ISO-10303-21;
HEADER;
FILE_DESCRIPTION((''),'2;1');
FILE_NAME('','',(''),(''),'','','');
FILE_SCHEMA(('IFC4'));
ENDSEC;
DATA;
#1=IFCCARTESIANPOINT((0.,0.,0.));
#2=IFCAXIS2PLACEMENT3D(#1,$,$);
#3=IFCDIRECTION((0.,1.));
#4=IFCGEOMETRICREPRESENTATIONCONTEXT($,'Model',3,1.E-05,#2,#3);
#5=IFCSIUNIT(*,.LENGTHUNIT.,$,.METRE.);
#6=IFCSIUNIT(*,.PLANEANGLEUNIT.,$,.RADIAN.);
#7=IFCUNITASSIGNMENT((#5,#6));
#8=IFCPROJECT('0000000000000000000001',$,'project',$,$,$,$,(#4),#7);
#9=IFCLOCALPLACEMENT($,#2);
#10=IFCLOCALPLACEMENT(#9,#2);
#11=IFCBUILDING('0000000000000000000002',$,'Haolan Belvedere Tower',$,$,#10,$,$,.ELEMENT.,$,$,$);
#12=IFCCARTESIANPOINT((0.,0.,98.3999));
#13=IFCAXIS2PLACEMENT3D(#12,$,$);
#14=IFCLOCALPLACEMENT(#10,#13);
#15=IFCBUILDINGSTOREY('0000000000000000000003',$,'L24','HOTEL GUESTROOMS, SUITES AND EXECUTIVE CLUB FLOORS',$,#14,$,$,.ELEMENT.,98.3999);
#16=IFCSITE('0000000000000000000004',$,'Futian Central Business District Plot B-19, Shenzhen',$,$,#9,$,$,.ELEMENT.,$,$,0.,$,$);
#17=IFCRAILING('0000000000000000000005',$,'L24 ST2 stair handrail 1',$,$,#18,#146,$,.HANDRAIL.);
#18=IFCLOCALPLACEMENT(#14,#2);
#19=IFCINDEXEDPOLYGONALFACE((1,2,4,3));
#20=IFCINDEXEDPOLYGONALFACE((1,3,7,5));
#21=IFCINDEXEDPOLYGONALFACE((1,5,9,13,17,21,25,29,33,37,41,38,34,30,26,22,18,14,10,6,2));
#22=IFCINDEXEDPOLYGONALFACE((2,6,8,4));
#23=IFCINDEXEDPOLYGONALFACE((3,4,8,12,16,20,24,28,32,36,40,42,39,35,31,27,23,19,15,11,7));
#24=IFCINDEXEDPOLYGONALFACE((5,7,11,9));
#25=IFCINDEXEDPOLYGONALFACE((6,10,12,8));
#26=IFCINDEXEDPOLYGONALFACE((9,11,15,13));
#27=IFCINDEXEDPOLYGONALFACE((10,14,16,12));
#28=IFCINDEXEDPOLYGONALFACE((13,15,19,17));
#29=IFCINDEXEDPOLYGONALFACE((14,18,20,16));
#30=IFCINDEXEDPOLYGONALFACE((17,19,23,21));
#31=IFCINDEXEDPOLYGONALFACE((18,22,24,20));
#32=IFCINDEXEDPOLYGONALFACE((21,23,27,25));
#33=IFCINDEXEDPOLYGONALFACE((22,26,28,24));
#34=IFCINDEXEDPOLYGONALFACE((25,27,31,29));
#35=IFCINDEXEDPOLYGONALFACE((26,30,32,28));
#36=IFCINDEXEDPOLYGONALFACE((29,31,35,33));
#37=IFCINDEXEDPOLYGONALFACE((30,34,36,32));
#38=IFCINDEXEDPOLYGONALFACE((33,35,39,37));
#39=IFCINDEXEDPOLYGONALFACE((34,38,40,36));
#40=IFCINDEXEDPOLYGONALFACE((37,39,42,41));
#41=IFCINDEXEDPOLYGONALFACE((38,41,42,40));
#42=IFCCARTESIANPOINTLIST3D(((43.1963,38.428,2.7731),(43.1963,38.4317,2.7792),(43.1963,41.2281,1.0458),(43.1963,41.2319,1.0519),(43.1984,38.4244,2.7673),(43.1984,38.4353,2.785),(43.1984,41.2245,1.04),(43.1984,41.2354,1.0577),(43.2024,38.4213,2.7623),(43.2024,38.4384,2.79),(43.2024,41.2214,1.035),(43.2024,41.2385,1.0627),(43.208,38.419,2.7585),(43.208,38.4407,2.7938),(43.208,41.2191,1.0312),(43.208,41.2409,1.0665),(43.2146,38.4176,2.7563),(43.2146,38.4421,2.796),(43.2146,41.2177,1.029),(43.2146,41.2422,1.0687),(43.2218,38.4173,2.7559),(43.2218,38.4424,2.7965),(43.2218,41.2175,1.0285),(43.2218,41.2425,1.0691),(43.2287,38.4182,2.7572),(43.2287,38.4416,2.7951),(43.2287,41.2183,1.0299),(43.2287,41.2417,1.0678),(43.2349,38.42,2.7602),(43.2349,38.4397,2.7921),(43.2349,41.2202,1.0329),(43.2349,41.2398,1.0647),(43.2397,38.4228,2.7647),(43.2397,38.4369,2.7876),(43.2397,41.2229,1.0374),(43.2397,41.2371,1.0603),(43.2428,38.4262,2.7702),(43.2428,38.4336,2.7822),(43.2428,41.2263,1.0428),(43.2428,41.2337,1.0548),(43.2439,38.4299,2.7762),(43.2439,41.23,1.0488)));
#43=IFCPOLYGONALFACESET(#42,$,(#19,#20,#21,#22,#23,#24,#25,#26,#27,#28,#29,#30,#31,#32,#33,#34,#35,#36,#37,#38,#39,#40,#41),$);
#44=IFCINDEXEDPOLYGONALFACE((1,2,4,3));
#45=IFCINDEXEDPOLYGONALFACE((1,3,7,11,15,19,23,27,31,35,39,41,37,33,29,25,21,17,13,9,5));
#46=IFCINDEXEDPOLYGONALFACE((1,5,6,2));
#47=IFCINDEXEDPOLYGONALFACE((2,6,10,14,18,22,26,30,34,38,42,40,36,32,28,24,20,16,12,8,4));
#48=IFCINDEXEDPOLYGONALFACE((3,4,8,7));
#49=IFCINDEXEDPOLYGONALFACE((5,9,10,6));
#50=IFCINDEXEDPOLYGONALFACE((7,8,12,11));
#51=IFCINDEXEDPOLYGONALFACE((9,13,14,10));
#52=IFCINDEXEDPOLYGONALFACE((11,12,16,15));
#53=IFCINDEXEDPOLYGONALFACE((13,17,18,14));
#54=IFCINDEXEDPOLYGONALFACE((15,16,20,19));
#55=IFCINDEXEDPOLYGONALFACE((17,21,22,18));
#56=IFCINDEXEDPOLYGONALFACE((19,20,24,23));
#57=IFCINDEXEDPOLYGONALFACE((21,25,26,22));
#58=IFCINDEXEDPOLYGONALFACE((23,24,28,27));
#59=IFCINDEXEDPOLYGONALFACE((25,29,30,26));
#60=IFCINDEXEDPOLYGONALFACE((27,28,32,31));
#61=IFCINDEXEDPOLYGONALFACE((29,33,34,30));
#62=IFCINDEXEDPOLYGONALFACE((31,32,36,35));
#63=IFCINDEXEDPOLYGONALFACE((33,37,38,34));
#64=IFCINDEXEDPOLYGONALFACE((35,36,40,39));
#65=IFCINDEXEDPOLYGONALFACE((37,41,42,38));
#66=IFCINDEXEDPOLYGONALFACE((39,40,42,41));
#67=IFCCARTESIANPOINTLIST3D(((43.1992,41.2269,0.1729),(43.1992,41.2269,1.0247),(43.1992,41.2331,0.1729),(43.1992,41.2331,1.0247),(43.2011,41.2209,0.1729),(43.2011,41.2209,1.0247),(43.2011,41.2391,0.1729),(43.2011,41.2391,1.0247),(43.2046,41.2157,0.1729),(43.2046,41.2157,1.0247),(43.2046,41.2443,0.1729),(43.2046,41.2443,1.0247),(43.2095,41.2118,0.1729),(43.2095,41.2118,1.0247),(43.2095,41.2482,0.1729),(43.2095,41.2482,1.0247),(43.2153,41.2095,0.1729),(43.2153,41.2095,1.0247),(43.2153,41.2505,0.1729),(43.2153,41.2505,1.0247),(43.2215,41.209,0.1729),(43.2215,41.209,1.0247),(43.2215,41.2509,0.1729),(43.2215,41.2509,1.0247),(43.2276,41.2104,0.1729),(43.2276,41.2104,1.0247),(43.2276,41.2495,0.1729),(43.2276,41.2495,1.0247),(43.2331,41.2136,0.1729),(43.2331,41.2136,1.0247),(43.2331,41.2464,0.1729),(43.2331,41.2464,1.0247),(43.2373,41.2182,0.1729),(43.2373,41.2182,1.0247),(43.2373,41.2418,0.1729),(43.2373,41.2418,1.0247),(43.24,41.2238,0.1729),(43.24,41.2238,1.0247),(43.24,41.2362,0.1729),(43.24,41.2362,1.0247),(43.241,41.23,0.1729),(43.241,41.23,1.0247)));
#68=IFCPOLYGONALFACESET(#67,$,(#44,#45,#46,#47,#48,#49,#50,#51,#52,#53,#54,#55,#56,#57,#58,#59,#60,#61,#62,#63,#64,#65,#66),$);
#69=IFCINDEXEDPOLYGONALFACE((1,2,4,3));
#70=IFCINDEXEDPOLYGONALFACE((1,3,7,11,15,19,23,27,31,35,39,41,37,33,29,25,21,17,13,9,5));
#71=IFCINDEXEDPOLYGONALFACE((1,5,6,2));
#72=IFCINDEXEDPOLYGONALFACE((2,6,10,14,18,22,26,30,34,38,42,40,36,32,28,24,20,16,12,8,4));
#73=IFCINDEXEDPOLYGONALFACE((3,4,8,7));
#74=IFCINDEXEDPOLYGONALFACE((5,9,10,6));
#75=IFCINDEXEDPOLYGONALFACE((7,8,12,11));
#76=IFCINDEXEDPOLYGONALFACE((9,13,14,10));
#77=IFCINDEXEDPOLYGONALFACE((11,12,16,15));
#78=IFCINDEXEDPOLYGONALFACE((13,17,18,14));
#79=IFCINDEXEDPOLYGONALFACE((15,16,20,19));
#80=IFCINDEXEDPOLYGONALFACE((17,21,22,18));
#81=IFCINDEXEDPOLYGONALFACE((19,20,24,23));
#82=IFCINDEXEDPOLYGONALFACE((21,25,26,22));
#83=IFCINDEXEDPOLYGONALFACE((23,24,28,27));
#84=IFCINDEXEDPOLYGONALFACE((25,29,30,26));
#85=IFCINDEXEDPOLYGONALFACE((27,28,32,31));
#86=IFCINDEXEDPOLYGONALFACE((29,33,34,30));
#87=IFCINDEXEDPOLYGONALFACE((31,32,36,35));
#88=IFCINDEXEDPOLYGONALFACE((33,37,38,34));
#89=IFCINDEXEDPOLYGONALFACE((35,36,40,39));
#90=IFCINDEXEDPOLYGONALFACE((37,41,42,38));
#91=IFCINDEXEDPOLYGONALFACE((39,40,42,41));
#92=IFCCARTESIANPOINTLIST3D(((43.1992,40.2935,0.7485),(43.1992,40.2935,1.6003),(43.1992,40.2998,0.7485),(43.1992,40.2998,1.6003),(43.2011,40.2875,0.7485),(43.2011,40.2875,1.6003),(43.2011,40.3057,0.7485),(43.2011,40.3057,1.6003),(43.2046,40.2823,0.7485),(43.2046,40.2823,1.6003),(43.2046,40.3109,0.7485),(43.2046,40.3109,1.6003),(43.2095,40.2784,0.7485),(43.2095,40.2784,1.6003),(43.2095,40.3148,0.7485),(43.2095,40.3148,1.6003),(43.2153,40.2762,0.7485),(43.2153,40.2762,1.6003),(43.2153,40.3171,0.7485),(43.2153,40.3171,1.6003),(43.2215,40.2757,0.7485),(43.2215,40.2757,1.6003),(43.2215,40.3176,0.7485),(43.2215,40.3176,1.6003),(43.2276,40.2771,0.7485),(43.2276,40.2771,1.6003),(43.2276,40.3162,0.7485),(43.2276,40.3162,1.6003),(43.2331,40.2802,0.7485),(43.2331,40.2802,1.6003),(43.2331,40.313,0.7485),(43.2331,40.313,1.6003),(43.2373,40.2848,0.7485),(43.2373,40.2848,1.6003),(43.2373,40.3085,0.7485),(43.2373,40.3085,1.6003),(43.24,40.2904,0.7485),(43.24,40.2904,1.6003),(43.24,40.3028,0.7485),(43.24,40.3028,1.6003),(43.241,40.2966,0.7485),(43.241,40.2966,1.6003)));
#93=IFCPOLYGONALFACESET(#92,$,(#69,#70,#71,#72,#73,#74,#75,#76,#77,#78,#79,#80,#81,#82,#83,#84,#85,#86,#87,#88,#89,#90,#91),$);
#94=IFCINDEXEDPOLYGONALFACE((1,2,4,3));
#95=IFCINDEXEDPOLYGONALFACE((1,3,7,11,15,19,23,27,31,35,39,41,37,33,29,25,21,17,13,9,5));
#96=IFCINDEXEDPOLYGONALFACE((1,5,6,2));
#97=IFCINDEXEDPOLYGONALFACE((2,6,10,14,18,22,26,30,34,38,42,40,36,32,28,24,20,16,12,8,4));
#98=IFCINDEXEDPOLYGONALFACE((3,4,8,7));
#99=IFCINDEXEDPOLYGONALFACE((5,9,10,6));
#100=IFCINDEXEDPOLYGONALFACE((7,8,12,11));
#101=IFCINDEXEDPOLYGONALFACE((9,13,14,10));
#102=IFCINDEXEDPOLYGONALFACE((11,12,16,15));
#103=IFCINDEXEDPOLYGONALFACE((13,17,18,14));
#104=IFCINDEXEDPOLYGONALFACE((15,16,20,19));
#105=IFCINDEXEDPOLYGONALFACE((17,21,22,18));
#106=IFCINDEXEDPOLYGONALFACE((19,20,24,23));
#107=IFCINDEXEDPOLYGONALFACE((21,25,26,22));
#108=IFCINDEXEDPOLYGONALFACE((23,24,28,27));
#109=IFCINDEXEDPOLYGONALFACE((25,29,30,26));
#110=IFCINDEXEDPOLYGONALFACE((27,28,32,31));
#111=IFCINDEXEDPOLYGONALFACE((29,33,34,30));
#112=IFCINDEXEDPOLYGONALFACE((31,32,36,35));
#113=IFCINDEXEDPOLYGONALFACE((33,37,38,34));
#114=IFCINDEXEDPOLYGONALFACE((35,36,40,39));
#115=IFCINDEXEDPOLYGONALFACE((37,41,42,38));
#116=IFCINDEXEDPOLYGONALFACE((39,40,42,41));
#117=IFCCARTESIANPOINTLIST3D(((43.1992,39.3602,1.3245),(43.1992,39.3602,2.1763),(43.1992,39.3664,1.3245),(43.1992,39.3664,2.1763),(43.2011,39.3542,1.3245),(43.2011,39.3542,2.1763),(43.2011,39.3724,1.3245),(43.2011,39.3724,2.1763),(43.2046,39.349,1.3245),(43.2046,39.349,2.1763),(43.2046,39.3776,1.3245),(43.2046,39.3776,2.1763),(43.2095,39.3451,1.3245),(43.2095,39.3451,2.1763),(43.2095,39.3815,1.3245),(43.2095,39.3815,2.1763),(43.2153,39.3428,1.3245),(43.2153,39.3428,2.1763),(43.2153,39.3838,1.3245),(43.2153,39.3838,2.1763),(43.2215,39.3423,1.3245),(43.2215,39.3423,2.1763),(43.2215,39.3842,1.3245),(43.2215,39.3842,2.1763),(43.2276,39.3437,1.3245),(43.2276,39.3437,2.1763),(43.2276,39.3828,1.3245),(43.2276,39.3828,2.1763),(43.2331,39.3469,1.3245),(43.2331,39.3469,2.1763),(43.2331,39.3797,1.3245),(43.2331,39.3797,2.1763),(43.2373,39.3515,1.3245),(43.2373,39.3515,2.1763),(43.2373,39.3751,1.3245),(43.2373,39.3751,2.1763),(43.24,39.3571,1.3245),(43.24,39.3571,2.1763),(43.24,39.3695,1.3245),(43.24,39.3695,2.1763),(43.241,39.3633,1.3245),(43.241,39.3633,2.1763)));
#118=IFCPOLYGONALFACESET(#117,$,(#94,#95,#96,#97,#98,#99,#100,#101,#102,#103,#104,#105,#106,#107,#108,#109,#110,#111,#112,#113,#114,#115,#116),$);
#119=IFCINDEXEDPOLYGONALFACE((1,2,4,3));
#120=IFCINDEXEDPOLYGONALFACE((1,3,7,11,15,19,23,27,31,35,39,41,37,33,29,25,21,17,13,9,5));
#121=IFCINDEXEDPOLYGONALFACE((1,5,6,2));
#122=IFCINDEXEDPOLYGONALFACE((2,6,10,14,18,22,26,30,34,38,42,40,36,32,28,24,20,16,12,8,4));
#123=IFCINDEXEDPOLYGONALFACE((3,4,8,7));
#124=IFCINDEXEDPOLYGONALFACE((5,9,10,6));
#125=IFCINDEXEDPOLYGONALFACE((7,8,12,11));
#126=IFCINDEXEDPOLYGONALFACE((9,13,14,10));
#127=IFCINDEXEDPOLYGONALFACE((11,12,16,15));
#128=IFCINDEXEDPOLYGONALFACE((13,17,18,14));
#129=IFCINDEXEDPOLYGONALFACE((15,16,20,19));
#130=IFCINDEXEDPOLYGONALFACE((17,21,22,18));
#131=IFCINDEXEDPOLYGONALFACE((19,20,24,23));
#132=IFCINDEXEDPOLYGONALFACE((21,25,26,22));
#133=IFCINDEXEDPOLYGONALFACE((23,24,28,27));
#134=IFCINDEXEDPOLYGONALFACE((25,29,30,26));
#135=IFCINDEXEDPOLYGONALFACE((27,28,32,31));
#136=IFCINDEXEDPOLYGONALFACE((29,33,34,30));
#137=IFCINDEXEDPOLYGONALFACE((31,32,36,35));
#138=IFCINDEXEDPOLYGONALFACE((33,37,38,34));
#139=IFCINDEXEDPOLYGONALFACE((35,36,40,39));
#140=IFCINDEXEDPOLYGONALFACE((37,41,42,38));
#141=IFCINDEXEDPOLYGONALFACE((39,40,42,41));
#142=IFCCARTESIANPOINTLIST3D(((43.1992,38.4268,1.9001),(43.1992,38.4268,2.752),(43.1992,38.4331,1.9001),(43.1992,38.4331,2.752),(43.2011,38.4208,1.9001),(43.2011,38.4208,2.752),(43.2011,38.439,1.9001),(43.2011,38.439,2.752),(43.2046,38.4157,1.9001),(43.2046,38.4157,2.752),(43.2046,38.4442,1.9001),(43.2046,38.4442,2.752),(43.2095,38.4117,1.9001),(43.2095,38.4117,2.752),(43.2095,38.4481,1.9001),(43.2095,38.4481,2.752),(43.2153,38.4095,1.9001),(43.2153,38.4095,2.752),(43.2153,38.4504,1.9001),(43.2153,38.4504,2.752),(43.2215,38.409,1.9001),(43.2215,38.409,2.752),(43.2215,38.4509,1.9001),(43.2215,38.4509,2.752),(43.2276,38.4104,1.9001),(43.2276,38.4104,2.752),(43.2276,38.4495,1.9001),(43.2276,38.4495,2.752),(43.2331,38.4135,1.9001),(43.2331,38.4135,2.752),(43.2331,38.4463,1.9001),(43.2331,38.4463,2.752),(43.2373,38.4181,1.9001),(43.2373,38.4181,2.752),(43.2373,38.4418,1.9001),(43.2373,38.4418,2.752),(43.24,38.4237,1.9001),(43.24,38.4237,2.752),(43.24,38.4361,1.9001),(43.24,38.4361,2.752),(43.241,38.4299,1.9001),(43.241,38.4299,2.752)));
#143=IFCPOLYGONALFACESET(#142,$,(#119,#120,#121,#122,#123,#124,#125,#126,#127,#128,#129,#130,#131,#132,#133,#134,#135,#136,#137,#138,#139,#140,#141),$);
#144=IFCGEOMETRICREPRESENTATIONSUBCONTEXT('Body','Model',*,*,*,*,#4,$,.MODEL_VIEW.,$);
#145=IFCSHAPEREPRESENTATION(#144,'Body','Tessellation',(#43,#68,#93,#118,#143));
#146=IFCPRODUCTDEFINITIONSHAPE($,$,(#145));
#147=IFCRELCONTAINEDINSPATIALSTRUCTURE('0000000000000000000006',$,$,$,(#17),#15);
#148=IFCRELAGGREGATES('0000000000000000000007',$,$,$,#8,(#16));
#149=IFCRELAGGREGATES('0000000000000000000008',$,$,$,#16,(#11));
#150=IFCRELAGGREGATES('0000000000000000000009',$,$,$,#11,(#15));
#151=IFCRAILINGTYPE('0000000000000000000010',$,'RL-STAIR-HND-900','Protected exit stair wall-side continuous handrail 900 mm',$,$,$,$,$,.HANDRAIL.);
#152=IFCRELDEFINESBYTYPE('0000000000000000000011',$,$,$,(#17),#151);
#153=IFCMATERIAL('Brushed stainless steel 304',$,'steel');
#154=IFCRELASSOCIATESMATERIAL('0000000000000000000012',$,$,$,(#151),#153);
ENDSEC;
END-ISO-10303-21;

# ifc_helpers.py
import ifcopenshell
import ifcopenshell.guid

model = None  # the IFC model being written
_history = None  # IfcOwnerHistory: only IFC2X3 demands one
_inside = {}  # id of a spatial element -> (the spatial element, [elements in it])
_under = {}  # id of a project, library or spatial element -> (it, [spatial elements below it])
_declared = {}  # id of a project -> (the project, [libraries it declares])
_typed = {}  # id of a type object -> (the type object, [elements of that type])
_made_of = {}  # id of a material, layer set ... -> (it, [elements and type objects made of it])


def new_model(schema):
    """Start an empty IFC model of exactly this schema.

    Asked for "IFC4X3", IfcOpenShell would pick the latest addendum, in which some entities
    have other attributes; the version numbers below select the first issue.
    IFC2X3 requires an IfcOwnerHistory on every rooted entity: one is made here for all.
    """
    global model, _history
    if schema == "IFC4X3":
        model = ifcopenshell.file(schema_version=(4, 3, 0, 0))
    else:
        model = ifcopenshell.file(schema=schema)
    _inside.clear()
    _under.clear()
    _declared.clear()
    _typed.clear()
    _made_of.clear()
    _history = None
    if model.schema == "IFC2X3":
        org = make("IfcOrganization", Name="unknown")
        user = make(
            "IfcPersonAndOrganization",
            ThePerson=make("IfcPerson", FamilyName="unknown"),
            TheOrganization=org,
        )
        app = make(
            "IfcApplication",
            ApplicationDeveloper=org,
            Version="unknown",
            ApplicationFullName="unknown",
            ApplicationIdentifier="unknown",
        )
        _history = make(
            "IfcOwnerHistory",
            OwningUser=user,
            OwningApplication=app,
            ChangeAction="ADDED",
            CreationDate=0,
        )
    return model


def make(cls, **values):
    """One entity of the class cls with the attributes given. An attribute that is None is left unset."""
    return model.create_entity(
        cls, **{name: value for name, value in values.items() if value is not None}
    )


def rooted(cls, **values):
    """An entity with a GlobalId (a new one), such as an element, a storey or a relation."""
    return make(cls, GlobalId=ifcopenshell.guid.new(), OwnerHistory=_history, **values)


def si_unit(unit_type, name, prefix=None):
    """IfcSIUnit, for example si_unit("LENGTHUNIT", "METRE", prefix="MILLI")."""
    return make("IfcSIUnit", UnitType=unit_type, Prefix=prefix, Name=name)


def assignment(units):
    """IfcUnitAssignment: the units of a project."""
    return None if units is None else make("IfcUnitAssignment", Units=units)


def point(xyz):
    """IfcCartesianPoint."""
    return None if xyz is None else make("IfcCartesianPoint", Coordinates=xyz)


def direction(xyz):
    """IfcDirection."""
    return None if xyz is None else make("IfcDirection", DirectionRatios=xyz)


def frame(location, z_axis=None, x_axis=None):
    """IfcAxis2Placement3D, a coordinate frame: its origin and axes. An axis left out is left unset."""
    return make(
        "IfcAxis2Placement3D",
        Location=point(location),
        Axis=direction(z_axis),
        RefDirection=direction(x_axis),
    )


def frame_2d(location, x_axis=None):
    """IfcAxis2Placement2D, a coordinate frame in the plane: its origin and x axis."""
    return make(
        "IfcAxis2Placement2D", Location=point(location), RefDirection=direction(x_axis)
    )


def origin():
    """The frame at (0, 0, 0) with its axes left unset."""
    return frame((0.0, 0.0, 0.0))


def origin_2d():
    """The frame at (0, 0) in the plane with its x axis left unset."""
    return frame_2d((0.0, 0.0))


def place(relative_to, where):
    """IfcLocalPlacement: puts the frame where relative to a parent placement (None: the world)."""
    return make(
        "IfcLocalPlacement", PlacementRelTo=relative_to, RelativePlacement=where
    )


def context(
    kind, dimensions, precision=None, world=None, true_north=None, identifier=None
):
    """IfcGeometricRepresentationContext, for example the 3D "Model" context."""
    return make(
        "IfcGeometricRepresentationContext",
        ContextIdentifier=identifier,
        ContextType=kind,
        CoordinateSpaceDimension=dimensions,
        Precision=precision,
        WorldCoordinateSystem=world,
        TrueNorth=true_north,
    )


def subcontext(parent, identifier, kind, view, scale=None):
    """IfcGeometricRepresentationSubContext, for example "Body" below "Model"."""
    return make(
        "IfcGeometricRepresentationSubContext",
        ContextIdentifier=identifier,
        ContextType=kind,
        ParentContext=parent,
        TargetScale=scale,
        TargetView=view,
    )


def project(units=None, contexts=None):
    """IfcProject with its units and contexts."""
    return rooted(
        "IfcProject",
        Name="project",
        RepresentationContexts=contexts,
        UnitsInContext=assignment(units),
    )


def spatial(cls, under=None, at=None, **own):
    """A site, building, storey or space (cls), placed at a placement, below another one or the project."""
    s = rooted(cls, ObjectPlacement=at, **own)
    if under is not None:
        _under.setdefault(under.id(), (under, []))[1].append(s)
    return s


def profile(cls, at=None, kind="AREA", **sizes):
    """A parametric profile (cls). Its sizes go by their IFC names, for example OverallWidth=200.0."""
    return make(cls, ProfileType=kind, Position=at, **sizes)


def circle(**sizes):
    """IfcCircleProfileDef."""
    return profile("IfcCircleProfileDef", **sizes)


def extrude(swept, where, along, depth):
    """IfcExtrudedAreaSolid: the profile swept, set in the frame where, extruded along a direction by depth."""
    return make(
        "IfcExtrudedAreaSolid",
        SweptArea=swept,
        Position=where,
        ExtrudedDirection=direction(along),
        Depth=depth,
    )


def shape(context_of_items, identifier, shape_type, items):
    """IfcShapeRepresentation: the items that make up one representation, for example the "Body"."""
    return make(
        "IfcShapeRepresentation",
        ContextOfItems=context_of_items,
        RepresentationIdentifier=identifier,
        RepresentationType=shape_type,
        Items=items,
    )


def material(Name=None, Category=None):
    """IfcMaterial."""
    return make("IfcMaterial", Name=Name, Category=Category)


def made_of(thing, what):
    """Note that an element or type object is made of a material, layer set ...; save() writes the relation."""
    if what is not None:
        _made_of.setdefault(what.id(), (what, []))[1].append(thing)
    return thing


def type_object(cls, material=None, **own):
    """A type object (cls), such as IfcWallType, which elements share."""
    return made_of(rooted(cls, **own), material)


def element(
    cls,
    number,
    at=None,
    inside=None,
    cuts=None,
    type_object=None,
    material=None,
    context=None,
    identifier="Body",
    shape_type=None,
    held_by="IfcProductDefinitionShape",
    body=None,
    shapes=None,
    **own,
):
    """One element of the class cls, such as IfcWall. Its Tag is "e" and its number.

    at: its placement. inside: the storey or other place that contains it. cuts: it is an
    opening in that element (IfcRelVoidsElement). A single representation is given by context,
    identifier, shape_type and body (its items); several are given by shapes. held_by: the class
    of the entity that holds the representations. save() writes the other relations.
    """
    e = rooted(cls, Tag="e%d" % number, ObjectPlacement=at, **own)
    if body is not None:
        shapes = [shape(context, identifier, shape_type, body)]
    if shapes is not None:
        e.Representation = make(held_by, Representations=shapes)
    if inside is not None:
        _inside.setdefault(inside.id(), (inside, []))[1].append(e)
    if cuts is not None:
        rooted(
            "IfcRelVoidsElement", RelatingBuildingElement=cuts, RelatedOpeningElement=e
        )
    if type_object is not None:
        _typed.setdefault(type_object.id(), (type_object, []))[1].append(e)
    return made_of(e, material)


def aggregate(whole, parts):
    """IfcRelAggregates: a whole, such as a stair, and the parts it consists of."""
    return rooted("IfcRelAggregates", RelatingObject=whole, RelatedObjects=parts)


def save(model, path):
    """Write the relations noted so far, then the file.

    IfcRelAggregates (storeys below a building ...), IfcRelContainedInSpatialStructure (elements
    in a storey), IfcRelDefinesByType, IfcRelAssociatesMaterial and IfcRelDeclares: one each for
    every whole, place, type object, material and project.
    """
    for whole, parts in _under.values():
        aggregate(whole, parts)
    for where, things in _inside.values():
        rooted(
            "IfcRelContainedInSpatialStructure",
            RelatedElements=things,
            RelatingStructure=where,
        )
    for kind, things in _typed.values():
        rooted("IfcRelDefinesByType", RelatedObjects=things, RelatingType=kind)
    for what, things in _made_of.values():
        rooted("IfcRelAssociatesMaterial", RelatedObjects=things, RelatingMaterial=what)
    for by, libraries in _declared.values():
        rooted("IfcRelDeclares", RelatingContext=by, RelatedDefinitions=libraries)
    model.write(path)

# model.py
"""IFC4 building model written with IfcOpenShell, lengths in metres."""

from ifc_helpers import new_model, si_unit, direction, frame, origin, origin_2d, place, context, subcontext, project, spatial, circle, extrude, material, type_object, element, save


model = new_model("IFC4")

# Units and contexts
model_context = context("Model", 3, precision=1e-05, world=origin(), true_north=direction((0.0, 1.0)))
body_context = subcontext(model_context, "Body", "Model", "MODEL_VIEW")
ifc_project = project(units=[si_unit("LENGTHUNIT", "METRE"), si_unit("PLANEANGLEUNIT", "RADIAN")], contexts=[model_context])

# Site, building, storey
site_placement = place(None, origin())
site = spatial("IfcSite", under=ifc_project, at=site_placement, Name="Futian Central Business District Plot B-19, Shenzhen", CompositionType="ELEMENT", RefElevation=0.0)
building_placement = place(site_placement, origin())
building = spatial("IfcBuilding", under=site, at=building_placement, Name="Haolan Belvedere Tower", CompositionType="ELEMENT")
storey_placement = place(building_placement, frame((0.0, 0.0, 98.3999)))
storey = spatial("IfcBuildingStorey", under=building, at=storey_placement, Name="L24", Description="HOTEL GUESTROOMS, SUITES AND EXECUTIVE CLUB FLOORS", CompositionType="ELEMENT", Elevation=98.3999)

# Railing
ifc_material_1 = material(Name="Brushed stainless steel 304", Category="steel")
railing_type_1 = type_object("IfcRailingType", Name="RL-STAIR-HND-900", Description="Protected exit stair wall-side continuous handrail 900 mm", PredefinedType="HANDRAIL", material=ifc_material_1)
railing_1_placement = place(storey_placement, frame((43.22, 41.23, 0.1729)))
element("IfcRailing", 1, at=railing_1_placement, inside=storey, type_object=railing_type_1, Name="L24 ST2 stair handrail 1", PredefinedType="HANDRAIL", context=body_context, shape_type="SweptSolid", body=[
    extrude(circle(Radius=0.0239, at=origin_2d()), frame((0.0, 0.0, 0.876), z_axis=(0.0, -0.85109, 0.52502), x_axis=(1.0, 0.0, 0.0)), (0.0, 0.0, 1.0), 3.29),
    extrude(circle(Radius=0.021, at=origin_2d()), origin(), (0.0, 0.0, 1.0), 0.8518),
    extrude(circle(Radius=0.021, at=origin_2d()), frame((0.0, -0.9333, 0.5757)), (0.0, 0.0, 1.0), 0.8518),
    extrude(circle(Radius=0.021, at=origin_2d()), frame((0.0, -1.8667, 1.1516)), (0.0, 0.0, 1.0), 0.8518),
    extrude(circle(Radius=0.021, at=origin_2d()), frame((0.0, -2.8, 1.7273)), (0.0, 0.0, 1.0), 0.8518),
])

save(model, "model.ifc")
